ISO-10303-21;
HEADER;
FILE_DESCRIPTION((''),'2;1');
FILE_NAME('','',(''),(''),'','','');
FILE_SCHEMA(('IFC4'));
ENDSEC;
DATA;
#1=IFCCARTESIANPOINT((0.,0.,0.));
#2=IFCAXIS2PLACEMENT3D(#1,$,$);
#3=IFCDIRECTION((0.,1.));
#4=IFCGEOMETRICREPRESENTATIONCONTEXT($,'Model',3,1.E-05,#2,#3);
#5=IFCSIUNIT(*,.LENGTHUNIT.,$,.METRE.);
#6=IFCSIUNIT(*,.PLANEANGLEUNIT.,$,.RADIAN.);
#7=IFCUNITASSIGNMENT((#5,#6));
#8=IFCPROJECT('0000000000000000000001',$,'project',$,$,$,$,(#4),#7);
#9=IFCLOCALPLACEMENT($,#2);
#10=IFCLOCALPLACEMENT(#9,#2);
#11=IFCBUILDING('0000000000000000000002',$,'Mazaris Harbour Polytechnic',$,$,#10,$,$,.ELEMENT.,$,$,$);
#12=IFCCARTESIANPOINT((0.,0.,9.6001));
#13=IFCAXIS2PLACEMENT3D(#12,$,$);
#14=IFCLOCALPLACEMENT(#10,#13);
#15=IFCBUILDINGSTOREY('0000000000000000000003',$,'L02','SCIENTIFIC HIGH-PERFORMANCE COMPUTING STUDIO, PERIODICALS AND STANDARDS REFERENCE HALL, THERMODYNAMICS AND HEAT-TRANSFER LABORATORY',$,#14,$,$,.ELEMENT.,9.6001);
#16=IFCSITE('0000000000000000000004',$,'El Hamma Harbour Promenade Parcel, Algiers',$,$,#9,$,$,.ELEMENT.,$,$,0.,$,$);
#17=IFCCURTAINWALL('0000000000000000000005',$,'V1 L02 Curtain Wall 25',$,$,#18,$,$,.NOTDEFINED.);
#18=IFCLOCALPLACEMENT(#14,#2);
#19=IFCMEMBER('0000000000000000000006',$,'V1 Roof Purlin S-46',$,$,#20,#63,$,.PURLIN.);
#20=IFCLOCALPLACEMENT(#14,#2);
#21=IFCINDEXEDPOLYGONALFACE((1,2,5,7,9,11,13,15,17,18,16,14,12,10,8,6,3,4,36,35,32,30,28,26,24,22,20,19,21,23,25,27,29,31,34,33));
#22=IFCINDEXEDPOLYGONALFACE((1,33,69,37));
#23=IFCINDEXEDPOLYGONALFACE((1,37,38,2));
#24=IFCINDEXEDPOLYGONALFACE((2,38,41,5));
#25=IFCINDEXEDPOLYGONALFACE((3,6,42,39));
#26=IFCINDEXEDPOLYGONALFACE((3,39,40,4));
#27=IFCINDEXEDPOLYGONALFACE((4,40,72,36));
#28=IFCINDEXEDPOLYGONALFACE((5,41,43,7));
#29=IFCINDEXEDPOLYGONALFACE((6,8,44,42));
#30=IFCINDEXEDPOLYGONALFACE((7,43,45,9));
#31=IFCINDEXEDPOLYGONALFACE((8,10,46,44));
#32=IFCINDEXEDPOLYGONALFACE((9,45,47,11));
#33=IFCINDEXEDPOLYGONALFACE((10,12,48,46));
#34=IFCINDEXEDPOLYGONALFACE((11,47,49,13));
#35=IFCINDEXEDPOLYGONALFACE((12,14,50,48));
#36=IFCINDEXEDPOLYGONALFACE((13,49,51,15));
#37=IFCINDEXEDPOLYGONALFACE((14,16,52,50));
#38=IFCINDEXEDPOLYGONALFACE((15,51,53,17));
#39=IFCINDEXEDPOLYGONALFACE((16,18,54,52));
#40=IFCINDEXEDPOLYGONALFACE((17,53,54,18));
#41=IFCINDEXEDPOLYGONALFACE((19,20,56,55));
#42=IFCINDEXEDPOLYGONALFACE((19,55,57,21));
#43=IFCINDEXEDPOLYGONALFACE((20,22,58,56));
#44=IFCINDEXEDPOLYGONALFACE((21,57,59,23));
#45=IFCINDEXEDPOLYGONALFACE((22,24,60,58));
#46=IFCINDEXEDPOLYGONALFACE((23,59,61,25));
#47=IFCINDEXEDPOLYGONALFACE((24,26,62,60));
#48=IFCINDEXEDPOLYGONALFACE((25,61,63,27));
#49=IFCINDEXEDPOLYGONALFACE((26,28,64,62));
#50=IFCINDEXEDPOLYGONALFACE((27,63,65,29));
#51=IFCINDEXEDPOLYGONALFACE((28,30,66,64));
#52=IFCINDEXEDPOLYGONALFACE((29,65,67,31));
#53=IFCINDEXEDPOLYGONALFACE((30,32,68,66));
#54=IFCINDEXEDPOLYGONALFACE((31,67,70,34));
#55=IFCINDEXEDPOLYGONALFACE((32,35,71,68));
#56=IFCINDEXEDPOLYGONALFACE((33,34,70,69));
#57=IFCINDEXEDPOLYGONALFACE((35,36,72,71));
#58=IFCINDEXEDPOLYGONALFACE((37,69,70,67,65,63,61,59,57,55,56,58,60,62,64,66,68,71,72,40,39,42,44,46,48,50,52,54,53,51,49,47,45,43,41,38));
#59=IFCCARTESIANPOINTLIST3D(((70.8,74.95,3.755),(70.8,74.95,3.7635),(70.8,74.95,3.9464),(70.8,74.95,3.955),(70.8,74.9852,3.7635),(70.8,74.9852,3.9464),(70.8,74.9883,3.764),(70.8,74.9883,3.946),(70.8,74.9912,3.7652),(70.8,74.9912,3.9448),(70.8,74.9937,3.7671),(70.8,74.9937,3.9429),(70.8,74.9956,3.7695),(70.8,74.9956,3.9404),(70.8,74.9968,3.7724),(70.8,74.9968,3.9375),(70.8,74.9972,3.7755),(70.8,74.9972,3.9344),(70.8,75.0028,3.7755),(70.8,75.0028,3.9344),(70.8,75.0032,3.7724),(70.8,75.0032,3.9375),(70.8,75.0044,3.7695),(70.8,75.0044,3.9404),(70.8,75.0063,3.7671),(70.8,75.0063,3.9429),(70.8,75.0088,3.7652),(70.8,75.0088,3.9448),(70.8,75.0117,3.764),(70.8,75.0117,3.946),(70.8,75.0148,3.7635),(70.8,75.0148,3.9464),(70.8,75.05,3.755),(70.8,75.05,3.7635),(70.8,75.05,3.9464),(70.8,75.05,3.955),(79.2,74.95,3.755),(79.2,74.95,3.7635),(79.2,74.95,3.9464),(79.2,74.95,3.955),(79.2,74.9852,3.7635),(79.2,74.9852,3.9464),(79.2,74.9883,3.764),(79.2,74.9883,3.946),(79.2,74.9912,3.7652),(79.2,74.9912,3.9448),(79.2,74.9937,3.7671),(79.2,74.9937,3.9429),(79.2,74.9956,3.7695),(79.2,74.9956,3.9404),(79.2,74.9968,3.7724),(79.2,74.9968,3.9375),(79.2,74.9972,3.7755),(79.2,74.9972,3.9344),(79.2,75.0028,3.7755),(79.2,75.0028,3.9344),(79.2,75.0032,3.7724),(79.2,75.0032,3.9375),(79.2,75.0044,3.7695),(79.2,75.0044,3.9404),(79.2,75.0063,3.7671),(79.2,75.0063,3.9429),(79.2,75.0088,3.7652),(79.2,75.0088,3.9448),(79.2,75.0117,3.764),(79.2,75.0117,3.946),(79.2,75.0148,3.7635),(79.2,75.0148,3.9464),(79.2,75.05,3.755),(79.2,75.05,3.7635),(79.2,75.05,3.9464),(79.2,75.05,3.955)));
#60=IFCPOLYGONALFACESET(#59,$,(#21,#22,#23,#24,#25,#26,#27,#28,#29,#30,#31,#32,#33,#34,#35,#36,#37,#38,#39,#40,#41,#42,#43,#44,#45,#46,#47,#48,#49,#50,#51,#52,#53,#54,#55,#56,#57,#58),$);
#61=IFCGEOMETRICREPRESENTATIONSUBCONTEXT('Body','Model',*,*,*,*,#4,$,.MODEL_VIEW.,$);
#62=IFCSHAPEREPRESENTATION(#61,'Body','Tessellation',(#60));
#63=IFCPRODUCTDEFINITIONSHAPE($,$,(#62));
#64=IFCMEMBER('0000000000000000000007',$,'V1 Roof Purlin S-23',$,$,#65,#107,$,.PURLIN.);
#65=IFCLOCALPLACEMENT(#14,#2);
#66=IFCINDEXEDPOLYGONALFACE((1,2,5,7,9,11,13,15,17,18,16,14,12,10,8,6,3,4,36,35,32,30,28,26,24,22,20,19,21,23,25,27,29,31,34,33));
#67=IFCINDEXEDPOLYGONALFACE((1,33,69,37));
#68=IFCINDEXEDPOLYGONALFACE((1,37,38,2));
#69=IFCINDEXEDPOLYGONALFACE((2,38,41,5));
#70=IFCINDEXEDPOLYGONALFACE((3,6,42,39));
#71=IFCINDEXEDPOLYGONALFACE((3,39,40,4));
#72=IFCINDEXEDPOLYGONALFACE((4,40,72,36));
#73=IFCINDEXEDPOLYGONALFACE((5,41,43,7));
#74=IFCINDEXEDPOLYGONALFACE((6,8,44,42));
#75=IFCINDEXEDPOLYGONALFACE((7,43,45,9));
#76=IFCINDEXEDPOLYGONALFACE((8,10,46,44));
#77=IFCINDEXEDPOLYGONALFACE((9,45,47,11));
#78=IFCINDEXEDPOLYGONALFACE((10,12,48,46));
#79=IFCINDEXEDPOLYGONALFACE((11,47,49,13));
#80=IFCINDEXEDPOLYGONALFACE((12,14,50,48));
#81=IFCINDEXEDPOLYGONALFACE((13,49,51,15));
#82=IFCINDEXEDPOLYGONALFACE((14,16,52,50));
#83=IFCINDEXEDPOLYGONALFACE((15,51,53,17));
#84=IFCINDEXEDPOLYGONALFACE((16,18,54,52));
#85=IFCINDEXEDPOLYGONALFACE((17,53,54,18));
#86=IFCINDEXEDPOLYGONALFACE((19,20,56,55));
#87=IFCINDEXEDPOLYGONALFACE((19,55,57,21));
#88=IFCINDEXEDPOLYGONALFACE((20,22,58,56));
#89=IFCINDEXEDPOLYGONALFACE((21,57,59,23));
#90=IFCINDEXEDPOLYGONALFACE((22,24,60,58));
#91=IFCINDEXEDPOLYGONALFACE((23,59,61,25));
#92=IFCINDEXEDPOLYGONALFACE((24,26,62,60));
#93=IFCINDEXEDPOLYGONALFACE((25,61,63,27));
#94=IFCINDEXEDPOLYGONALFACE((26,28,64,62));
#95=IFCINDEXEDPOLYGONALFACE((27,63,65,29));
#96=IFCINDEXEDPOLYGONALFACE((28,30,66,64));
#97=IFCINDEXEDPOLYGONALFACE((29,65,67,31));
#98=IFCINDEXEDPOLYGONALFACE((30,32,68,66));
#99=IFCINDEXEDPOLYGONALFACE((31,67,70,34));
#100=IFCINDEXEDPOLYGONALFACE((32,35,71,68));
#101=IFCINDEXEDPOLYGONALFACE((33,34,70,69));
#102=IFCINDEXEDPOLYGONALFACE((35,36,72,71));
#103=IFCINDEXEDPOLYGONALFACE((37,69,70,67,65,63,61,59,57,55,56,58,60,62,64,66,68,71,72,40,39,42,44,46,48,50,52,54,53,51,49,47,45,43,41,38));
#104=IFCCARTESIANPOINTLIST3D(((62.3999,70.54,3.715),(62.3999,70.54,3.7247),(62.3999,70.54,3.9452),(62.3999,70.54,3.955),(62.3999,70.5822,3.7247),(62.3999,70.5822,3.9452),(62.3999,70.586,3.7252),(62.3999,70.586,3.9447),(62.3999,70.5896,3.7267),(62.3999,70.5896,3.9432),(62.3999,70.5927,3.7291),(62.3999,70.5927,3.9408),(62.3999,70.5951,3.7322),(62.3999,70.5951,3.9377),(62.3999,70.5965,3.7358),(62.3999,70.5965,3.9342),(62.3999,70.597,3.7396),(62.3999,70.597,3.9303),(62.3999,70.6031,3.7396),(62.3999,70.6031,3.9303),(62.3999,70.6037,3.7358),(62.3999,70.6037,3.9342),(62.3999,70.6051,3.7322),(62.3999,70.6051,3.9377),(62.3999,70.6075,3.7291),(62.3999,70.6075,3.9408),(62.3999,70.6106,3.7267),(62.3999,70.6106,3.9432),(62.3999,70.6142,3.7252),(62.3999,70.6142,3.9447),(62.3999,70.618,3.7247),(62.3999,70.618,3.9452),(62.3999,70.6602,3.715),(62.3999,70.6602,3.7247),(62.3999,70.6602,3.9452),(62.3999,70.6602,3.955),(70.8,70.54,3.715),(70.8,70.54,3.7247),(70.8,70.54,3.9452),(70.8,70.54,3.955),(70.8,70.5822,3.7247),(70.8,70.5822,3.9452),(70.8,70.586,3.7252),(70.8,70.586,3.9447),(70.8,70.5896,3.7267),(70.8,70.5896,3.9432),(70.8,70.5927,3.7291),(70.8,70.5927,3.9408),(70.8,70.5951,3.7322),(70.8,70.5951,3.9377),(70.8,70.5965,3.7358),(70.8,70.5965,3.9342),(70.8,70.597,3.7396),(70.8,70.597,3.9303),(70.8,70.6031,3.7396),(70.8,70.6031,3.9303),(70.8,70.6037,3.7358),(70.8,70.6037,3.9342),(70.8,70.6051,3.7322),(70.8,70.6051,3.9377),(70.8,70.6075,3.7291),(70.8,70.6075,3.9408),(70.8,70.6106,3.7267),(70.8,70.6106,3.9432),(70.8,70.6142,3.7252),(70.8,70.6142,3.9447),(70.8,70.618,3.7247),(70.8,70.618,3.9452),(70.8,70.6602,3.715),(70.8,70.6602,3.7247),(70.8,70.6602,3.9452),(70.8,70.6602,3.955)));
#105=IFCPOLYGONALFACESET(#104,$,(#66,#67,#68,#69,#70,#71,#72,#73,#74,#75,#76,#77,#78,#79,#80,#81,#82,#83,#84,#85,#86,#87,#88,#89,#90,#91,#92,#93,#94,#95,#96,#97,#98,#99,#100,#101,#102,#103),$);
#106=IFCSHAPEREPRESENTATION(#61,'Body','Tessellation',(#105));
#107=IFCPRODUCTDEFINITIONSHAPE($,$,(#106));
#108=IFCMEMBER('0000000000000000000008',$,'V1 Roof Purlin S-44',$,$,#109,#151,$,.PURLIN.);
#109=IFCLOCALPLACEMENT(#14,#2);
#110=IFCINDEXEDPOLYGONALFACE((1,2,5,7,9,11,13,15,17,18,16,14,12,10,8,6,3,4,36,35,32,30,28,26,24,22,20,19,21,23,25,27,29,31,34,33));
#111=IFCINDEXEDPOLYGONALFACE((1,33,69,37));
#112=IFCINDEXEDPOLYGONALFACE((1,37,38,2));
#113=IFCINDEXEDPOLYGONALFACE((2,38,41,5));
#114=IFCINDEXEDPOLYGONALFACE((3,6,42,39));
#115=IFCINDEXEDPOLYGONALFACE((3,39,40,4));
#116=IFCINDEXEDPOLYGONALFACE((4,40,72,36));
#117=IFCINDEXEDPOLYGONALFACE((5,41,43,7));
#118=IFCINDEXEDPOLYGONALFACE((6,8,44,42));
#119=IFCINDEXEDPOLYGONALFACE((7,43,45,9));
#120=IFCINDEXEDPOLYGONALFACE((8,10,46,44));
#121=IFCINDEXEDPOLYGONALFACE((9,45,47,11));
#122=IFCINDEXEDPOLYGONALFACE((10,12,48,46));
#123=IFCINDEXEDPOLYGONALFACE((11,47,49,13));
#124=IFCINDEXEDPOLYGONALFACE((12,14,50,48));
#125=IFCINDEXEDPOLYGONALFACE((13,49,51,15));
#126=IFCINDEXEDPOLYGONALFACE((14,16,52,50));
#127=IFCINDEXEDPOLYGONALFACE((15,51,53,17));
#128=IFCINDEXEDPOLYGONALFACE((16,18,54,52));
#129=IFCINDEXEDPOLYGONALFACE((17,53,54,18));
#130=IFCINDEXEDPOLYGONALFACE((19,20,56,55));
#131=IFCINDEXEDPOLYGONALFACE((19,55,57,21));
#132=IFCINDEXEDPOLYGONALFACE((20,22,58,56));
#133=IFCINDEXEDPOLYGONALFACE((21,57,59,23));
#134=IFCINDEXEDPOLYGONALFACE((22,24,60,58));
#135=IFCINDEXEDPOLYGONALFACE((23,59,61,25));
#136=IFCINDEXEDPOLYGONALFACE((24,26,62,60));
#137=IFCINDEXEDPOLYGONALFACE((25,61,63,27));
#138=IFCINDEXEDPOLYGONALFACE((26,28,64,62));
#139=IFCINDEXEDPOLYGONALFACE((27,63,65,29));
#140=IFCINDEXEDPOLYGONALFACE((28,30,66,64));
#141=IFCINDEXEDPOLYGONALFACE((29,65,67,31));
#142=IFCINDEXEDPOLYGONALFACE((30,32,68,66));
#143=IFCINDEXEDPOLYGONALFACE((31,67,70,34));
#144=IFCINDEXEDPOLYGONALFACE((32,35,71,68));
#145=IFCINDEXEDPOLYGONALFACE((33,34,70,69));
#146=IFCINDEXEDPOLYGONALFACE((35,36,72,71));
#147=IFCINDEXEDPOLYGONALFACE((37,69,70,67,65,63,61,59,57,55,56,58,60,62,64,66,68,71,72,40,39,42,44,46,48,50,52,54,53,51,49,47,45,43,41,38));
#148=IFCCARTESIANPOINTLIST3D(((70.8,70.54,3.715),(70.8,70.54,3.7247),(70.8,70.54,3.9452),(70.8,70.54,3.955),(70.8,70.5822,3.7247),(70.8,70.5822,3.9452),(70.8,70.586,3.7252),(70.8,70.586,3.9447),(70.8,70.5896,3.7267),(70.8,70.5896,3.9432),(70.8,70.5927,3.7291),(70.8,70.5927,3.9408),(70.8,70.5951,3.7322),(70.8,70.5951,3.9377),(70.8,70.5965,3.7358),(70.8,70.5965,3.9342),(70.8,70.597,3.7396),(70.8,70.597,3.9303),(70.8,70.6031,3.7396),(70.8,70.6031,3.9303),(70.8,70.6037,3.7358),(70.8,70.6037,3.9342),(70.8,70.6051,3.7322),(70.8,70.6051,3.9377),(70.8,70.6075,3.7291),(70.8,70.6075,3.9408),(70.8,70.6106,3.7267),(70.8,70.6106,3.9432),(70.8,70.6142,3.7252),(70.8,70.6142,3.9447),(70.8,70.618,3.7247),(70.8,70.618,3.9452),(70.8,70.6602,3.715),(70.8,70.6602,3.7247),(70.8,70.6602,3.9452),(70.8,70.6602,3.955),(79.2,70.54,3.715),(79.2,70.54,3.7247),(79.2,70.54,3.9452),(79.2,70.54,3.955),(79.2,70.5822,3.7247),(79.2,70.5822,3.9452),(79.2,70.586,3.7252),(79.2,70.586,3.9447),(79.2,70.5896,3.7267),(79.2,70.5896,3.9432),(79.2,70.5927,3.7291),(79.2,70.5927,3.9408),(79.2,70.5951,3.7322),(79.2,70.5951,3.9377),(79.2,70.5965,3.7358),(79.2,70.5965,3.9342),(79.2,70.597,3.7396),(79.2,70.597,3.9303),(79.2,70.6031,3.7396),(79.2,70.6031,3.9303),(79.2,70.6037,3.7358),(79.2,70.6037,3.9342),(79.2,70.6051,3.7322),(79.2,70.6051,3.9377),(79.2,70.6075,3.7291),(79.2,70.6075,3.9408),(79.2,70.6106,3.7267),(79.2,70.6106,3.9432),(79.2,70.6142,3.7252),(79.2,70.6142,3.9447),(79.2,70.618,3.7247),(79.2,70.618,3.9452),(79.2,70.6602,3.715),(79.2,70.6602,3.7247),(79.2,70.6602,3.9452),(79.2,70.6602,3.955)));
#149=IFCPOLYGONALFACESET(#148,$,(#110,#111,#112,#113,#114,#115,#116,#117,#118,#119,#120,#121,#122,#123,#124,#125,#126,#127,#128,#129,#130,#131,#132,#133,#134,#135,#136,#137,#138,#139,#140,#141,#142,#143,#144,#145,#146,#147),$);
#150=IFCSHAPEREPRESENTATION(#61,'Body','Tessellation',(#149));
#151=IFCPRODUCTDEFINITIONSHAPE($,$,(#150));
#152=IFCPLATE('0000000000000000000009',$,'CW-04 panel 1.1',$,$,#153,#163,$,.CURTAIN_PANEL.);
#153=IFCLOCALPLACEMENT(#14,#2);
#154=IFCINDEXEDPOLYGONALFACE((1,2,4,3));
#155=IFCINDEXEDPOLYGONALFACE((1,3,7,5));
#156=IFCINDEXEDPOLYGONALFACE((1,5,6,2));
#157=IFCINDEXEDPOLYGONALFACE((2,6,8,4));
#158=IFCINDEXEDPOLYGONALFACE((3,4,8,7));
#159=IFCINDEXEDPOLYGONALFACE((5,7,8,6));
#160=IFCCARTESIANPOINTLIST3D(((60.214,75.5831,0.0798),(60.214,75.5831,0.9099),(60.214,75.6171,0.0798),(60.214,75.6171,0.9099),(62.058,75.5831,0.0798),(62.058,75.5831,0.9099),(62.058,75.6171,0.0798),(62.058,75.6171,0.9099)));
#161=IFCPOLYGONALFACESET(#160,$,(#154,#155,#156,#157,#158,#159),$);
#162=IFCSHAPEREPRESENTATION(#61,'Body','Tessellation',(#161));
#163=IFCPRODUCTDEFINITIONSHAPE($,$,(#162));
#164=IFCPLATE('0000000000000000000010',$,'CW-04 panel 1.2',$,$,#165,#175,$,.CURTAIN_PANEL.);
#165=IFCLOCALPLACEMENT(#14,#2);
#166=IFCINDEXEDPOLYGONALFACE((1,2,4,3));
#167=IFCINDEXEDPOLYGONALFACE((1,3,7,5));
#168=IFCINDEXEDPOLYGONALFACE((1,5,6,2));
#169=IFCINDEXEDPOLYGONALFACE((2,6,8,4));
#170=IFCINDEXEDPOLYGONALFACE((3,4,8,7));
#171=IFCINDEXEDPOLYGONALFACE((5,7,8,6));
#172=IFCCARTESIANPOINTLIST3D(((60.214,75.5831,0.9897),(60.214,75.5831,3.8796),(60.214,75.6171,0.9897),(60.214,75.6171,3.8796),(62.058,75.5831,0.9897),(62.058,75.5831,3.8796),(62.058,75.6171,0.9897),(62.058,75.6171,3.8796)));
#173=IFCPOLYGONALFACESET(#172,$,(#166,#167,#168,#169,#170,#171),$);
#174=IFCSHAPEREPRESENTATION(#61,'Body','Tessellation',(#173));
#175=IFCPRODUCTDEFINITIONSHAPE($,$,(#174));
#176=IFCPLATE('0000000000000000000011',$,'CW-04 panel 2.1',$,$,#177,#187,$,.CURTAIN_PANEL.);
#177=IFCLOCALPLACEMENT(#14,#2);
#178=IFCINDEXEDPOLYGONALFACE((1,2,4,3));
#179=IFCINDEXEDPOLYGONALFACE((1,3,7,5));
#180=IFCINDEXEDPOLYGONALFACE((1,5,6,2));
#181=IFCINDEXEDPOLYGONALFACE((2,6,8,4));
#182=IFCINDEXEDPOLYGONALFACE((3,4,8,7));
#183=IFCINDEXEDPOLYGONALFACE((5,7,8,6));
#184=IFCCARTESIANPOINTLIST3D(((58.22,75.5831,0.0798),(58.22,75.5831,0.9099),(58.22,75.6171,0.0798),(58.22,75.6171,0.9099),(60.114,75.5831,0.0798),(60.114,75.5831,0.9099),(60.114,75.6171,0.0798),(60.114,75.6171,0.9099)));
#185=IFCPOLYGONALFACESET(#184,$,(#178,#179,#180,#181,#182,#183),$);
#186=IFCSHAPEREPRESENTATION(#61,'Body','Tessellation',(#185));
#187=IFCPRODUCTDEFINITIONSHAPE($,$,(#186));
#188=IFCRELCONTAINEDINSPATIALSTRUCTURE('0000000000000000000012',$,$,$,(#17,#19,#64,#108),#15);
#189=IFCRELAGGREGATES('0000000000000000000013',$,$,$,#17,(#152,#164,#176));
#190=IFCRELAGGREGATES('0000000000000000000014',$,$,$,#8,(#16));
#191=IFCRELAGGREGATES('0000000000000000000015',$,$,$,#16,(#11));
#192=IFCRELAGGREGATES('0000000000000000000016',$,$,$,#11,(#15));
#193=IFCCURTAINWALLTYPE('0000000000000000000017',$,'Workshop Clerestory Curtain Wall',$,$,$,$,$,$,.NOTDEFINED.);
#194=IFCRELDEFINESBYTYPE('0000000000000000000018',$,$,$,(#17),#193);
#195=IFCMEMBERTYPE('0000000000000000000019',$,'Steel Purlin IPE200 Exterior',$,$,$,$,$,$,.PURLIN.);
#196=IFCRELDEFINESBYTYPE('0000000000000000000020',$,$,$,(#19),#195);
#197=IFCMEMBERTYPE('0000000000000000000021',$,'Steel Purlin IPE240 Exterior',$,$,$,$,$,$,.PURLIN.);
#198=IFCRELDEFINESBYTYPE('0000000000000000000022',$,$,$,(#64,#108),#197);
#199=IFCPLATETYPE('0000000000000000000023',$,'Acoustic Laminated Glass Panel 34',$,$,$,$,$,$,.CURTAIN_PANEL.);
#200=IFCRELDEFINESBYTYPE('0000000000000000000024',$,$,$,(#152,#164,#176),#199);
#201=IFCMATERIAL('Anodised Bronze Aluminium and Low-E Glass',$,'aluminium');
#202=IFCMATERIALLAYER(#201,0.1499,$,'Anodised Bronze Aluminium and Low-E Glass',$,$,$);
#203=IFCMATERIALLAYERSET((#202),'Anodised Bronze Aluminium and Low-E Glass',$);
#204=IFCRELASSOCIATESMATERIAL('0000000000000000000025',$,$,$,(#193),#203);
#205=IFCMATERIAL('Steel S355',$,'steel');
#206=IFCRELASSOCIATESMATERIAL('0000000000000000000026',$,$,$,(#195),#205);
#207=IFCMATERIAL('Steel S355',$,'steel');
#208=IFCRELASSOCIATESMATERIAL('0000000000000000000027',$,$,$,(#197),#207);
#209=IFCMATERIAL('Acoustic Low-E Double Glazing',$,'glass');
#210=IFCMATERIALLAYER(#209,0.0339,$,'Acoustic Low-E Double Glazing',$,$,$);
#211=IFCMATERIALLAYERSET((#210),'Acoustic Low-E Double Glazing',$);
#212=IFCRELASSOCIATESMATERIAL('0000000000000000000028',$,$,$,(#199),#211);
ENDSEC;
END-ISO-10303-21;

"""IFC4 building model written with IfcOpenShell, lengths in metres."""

from ifc_helpers import new_model, si_unit, direction, frame, origin, origin_2d, place, context, subcontext, project, spatial, rectangle, i_section, extrude, material, layer, layer_set, material_profile, profile_set, type_object, element, aggregate, save


model = new_model("IFC4")

# Units and contexts
model_context = context("Model", 3, precision=1e-05, world=origin(), true_north=direction((0.0, 1.0)))
body_context = subcontext(model_context, "Body", "Model", "MODEL_VIEW")
ifc_project = project(units=[si_unit("LENGTHUNIT", "METRE"), si_unit("PLANEANGLEUNIT", "RADIAN")], contexts=[model_context])

# Site, building, storey
site_placement = place(None, origin())
site = spatial("IfcSite", under=ifc_project, at=site_placement, Name="El Hamma Harbour Promenade Parcel, Algiers", CompositionType="ELEMENT", RefElevation=0.0)
building_placement = place(site_placement, origin())
building = spatial("IfcBuilding", under=site, at=building_placement, Name="Mazaris Harbour Polytechnic", CompositionType="ELEMENT")
storey_placement = place(building_placement, frame((0.0, 0.0, 9.6001)))
storey = spatial("IfcBuildingStorey", under=building, at=storey_placement, Name="L02", Description="SCIENTIFIC HIGH-PERFORMANCE COMPUTING STUDIO, PERIODICALS AND STANDARDS REFERENCE HALL, THERMODYNAMICS AND HEAT-TRANSFER LABORATORY", CompositionType="ELEMENT", Elevation=9.6001)

# Curtain wall
ifc_material_1 = material(Name="Anodised Bronze Aluminium and Low-E Glass", Category="aluminium")
ifc_layer_1 = layer(ifc_material_1, 0.1499, Name="Anodised Bronze Aluminium and Low-E Glass")
ifc_layer_set_1 = layer_set([ifc_layer_1], Name="Anodised Bronze Aluminium and Low-E Glass")
curtain_wall_type = type_object("IfcCurtainWallType", Name="Workshop Clerestory Curtain Wall", PredefinedType="NOTDEFINED", material=ifc_layer_set_1)
curtain_wall_placement = place(storey_placement, origin())
curtain_wall = element("IfcCurtainWall", 1, at=curtain_wall_placement, inside=storey, type_object=curtain_wall_type, Name="V1 L02 Curtain Wall 25", PredefinedType="NOTDEFINED")

# Members
ifc_material_2 = material(Name="Steel S355", Category="steel")
ifc_material_profile_1 = material_profile(ifc_material_2, i_section(OverallWidth=0.1001, OverallDepth=0.2, WebThickness=0.0056, FlangeThickness=0.0085, FilletRadius=0.012, at=origin_2d()), Name="IPE 200")
ifc_profile_set_1 = profile_set([ifc_material_profile_1], Name="Steel S355")
member_type_1 = type_object("IfcMemberType", Name="Steel Purlin IPE200 Exterior", PredefinedType="PURLIN", material=ifc_profile_set_1)
for number, where, z_axis, x_axis, name in (
    (2, (70.8, 75.0, 3.855), (1.0, 0.0, 0.0), (0.0, 1.0, 0.0), "V1 Roof Purlin S-46"),
):
    element("IfcMember", number, at=place(storey_placement, frame(where, z_axis=z_axis, x_axis=x_axis)), inside=storey, type_object=member_type_1, Name=name, PredefinedType="PURLIN", context=body_context, shape_type="SweptSolid", body=[
        extrude(i_section(OverallWidth=0.1001, OverallDepth=0.2, WebThickness=0.0056, FlangeThickness=0.0085, FilletRadius=0.012, at=origin_2d()), origin(), (0.0, 0.0, 1.0), 8.3999),
    ])
ifc_material_3 = material(Name="Steel S355", Category="steel")
ifc_material_profile_2 = material_profile(ifc_material_3, i_section(OverallWidth=0.1201, OverallDepth=0.24, WebThickness=0.0061, FlangeThickness=0.0098, FilletRadius=0.0149, at=origin_2d()), Name="IPE 240")
ifc_profile_set_2 = profile_set([ifc_material_profile_2], Name="Steel S355")
member_type_2 = type_object("IfcMemberType", Name="Steel Purlin IPE240 Exterior", PredefinedType="PURLIN", material=ifc_profile_set_2)
member_1_placement = place(storey_placement, frame((62.3999, 70.6001, 3.835), z_axis=(1.0, 0.0, 0.0), x_axis=(0.0, 1.0, 0.0)))
element("IfcMember", 3, at=member_1_placement, inside=storey, type_object=member_type_2, Name="V1 Roof Purlin S-23", PredefinedType="PURLIN", context=body_context, shape_type="SweptSolid", body=[
    extrude(i_section(OverallWidth=0.1201, OverallDepth=0.24, WebThickness=0.0061, FlangeThickness=0.0098, FilletRadius=0.0149, at=origin_2d()), origin(), (0.0, 0.0, 1.0), 8.4001),
])
member_2_placement = place(storey_placement, frame((70.8, 70.6001, 3.835), z_axis=(1.0, 0.0, 0.0), x_axis=(0.0, 1.0, 0.0)))
element("IfcMember", 4, at=member_2_placement, inside=storey, type_object=member_type_2, Name="V1 Roof Purlin S-44", PredefinedType="PURLIN", context=body_context, shape_type="SweptSolid", body=[
    extrude(i_section(OverallWidth=0.1201, OverallDepth=0.24, WebThickness=0.0061, FlangeThickness=0.0098, FilletRadius=0.0149, at=origin_2d()), origin(), (0.0, 0.0, 1.0), 8.3999),
])

# Plates
ifc_material_4 = material(Name="Acoustic Low-E Double Glazing", Category="glass")
ifc_layer_2 = layer(ifc_material_4, 0.0339, Name="Acoustic Low-E Double Glazing")
ifc_layer_set_2 = layer_set([ifc_layer_2], Name="Acoustic Low-E Double Glazing")
plate_type_1 = type_object("IfcPlateType", Name="Acoustic Laminated Glass Panel 34", PredefinedType="CURTAIN_PANEL", material=ifc_layer_set_2)
plate_1_placement = place(storey_placement, frame((61.136, 75.6001, 0.0798), z_axis=(0.0, 0.0, 1.0), x_axis=(-1.0, 0.0, 0.0)))
plate_1 = element("IfcPlate", 5, at=plate_1_placement, type_object=plate_type_1, Name="CW-04 panel 1.1", PredefinedType="CURTAIN_PANEL", context=body_context, shape_type="SweptSolid", body=[
    extrude(rectangle(XDim=1.844, YDim=0.0339, at=origin_2d()), origin(), (0.0, 0.0, 1.0), 0.8301),
])
plate_2_placement = place(storey_placement, frame((61.136, 75.6001, 0.9897), z_axis=(0.0, 0.0, 1.0), x_axis=(-1.0, 0.0, 0.0)))
plate_2 = element("IfcPlate", 6, at=plate_2_placement, type_object=plate_type_1, Name="CW-04 panel 1.2", PredefinedType="CURTAIN_PANEL", context=body_context, shape_type="SweptSolid", body=[
    extrude(rectangle(XDim=1.844, YDim=0.0339, at=origin_2d()), origin(), (0.0, 0.0, 1.0), 2.8899),
])
plate_3_placement = place(storey_placement, frame((59.167, 75.6001, 0.0798), z_axis=(0.0, 0.0, 1.0), x_axis=(-1.0, 0.0, 0.0)))
plate_3 = element("IfcPlate", 7, at=plate_3_placement, type_object=plate_type_1, Name="CW-04 panel 2.1", PredefinedType="CURTAIN_PANEL", context=body_context, shape_type="SweptSolid", body=[
    extrude(rectangle(XDim=1.894, YDim=0.0339, at=origin_2d()), origin(), (0.0, 0.0, 1.0), 0.8301),
])
aggregate(curtain_wall, [plate_1, plate_2, plate_3])

save(model, "model.ifc")
